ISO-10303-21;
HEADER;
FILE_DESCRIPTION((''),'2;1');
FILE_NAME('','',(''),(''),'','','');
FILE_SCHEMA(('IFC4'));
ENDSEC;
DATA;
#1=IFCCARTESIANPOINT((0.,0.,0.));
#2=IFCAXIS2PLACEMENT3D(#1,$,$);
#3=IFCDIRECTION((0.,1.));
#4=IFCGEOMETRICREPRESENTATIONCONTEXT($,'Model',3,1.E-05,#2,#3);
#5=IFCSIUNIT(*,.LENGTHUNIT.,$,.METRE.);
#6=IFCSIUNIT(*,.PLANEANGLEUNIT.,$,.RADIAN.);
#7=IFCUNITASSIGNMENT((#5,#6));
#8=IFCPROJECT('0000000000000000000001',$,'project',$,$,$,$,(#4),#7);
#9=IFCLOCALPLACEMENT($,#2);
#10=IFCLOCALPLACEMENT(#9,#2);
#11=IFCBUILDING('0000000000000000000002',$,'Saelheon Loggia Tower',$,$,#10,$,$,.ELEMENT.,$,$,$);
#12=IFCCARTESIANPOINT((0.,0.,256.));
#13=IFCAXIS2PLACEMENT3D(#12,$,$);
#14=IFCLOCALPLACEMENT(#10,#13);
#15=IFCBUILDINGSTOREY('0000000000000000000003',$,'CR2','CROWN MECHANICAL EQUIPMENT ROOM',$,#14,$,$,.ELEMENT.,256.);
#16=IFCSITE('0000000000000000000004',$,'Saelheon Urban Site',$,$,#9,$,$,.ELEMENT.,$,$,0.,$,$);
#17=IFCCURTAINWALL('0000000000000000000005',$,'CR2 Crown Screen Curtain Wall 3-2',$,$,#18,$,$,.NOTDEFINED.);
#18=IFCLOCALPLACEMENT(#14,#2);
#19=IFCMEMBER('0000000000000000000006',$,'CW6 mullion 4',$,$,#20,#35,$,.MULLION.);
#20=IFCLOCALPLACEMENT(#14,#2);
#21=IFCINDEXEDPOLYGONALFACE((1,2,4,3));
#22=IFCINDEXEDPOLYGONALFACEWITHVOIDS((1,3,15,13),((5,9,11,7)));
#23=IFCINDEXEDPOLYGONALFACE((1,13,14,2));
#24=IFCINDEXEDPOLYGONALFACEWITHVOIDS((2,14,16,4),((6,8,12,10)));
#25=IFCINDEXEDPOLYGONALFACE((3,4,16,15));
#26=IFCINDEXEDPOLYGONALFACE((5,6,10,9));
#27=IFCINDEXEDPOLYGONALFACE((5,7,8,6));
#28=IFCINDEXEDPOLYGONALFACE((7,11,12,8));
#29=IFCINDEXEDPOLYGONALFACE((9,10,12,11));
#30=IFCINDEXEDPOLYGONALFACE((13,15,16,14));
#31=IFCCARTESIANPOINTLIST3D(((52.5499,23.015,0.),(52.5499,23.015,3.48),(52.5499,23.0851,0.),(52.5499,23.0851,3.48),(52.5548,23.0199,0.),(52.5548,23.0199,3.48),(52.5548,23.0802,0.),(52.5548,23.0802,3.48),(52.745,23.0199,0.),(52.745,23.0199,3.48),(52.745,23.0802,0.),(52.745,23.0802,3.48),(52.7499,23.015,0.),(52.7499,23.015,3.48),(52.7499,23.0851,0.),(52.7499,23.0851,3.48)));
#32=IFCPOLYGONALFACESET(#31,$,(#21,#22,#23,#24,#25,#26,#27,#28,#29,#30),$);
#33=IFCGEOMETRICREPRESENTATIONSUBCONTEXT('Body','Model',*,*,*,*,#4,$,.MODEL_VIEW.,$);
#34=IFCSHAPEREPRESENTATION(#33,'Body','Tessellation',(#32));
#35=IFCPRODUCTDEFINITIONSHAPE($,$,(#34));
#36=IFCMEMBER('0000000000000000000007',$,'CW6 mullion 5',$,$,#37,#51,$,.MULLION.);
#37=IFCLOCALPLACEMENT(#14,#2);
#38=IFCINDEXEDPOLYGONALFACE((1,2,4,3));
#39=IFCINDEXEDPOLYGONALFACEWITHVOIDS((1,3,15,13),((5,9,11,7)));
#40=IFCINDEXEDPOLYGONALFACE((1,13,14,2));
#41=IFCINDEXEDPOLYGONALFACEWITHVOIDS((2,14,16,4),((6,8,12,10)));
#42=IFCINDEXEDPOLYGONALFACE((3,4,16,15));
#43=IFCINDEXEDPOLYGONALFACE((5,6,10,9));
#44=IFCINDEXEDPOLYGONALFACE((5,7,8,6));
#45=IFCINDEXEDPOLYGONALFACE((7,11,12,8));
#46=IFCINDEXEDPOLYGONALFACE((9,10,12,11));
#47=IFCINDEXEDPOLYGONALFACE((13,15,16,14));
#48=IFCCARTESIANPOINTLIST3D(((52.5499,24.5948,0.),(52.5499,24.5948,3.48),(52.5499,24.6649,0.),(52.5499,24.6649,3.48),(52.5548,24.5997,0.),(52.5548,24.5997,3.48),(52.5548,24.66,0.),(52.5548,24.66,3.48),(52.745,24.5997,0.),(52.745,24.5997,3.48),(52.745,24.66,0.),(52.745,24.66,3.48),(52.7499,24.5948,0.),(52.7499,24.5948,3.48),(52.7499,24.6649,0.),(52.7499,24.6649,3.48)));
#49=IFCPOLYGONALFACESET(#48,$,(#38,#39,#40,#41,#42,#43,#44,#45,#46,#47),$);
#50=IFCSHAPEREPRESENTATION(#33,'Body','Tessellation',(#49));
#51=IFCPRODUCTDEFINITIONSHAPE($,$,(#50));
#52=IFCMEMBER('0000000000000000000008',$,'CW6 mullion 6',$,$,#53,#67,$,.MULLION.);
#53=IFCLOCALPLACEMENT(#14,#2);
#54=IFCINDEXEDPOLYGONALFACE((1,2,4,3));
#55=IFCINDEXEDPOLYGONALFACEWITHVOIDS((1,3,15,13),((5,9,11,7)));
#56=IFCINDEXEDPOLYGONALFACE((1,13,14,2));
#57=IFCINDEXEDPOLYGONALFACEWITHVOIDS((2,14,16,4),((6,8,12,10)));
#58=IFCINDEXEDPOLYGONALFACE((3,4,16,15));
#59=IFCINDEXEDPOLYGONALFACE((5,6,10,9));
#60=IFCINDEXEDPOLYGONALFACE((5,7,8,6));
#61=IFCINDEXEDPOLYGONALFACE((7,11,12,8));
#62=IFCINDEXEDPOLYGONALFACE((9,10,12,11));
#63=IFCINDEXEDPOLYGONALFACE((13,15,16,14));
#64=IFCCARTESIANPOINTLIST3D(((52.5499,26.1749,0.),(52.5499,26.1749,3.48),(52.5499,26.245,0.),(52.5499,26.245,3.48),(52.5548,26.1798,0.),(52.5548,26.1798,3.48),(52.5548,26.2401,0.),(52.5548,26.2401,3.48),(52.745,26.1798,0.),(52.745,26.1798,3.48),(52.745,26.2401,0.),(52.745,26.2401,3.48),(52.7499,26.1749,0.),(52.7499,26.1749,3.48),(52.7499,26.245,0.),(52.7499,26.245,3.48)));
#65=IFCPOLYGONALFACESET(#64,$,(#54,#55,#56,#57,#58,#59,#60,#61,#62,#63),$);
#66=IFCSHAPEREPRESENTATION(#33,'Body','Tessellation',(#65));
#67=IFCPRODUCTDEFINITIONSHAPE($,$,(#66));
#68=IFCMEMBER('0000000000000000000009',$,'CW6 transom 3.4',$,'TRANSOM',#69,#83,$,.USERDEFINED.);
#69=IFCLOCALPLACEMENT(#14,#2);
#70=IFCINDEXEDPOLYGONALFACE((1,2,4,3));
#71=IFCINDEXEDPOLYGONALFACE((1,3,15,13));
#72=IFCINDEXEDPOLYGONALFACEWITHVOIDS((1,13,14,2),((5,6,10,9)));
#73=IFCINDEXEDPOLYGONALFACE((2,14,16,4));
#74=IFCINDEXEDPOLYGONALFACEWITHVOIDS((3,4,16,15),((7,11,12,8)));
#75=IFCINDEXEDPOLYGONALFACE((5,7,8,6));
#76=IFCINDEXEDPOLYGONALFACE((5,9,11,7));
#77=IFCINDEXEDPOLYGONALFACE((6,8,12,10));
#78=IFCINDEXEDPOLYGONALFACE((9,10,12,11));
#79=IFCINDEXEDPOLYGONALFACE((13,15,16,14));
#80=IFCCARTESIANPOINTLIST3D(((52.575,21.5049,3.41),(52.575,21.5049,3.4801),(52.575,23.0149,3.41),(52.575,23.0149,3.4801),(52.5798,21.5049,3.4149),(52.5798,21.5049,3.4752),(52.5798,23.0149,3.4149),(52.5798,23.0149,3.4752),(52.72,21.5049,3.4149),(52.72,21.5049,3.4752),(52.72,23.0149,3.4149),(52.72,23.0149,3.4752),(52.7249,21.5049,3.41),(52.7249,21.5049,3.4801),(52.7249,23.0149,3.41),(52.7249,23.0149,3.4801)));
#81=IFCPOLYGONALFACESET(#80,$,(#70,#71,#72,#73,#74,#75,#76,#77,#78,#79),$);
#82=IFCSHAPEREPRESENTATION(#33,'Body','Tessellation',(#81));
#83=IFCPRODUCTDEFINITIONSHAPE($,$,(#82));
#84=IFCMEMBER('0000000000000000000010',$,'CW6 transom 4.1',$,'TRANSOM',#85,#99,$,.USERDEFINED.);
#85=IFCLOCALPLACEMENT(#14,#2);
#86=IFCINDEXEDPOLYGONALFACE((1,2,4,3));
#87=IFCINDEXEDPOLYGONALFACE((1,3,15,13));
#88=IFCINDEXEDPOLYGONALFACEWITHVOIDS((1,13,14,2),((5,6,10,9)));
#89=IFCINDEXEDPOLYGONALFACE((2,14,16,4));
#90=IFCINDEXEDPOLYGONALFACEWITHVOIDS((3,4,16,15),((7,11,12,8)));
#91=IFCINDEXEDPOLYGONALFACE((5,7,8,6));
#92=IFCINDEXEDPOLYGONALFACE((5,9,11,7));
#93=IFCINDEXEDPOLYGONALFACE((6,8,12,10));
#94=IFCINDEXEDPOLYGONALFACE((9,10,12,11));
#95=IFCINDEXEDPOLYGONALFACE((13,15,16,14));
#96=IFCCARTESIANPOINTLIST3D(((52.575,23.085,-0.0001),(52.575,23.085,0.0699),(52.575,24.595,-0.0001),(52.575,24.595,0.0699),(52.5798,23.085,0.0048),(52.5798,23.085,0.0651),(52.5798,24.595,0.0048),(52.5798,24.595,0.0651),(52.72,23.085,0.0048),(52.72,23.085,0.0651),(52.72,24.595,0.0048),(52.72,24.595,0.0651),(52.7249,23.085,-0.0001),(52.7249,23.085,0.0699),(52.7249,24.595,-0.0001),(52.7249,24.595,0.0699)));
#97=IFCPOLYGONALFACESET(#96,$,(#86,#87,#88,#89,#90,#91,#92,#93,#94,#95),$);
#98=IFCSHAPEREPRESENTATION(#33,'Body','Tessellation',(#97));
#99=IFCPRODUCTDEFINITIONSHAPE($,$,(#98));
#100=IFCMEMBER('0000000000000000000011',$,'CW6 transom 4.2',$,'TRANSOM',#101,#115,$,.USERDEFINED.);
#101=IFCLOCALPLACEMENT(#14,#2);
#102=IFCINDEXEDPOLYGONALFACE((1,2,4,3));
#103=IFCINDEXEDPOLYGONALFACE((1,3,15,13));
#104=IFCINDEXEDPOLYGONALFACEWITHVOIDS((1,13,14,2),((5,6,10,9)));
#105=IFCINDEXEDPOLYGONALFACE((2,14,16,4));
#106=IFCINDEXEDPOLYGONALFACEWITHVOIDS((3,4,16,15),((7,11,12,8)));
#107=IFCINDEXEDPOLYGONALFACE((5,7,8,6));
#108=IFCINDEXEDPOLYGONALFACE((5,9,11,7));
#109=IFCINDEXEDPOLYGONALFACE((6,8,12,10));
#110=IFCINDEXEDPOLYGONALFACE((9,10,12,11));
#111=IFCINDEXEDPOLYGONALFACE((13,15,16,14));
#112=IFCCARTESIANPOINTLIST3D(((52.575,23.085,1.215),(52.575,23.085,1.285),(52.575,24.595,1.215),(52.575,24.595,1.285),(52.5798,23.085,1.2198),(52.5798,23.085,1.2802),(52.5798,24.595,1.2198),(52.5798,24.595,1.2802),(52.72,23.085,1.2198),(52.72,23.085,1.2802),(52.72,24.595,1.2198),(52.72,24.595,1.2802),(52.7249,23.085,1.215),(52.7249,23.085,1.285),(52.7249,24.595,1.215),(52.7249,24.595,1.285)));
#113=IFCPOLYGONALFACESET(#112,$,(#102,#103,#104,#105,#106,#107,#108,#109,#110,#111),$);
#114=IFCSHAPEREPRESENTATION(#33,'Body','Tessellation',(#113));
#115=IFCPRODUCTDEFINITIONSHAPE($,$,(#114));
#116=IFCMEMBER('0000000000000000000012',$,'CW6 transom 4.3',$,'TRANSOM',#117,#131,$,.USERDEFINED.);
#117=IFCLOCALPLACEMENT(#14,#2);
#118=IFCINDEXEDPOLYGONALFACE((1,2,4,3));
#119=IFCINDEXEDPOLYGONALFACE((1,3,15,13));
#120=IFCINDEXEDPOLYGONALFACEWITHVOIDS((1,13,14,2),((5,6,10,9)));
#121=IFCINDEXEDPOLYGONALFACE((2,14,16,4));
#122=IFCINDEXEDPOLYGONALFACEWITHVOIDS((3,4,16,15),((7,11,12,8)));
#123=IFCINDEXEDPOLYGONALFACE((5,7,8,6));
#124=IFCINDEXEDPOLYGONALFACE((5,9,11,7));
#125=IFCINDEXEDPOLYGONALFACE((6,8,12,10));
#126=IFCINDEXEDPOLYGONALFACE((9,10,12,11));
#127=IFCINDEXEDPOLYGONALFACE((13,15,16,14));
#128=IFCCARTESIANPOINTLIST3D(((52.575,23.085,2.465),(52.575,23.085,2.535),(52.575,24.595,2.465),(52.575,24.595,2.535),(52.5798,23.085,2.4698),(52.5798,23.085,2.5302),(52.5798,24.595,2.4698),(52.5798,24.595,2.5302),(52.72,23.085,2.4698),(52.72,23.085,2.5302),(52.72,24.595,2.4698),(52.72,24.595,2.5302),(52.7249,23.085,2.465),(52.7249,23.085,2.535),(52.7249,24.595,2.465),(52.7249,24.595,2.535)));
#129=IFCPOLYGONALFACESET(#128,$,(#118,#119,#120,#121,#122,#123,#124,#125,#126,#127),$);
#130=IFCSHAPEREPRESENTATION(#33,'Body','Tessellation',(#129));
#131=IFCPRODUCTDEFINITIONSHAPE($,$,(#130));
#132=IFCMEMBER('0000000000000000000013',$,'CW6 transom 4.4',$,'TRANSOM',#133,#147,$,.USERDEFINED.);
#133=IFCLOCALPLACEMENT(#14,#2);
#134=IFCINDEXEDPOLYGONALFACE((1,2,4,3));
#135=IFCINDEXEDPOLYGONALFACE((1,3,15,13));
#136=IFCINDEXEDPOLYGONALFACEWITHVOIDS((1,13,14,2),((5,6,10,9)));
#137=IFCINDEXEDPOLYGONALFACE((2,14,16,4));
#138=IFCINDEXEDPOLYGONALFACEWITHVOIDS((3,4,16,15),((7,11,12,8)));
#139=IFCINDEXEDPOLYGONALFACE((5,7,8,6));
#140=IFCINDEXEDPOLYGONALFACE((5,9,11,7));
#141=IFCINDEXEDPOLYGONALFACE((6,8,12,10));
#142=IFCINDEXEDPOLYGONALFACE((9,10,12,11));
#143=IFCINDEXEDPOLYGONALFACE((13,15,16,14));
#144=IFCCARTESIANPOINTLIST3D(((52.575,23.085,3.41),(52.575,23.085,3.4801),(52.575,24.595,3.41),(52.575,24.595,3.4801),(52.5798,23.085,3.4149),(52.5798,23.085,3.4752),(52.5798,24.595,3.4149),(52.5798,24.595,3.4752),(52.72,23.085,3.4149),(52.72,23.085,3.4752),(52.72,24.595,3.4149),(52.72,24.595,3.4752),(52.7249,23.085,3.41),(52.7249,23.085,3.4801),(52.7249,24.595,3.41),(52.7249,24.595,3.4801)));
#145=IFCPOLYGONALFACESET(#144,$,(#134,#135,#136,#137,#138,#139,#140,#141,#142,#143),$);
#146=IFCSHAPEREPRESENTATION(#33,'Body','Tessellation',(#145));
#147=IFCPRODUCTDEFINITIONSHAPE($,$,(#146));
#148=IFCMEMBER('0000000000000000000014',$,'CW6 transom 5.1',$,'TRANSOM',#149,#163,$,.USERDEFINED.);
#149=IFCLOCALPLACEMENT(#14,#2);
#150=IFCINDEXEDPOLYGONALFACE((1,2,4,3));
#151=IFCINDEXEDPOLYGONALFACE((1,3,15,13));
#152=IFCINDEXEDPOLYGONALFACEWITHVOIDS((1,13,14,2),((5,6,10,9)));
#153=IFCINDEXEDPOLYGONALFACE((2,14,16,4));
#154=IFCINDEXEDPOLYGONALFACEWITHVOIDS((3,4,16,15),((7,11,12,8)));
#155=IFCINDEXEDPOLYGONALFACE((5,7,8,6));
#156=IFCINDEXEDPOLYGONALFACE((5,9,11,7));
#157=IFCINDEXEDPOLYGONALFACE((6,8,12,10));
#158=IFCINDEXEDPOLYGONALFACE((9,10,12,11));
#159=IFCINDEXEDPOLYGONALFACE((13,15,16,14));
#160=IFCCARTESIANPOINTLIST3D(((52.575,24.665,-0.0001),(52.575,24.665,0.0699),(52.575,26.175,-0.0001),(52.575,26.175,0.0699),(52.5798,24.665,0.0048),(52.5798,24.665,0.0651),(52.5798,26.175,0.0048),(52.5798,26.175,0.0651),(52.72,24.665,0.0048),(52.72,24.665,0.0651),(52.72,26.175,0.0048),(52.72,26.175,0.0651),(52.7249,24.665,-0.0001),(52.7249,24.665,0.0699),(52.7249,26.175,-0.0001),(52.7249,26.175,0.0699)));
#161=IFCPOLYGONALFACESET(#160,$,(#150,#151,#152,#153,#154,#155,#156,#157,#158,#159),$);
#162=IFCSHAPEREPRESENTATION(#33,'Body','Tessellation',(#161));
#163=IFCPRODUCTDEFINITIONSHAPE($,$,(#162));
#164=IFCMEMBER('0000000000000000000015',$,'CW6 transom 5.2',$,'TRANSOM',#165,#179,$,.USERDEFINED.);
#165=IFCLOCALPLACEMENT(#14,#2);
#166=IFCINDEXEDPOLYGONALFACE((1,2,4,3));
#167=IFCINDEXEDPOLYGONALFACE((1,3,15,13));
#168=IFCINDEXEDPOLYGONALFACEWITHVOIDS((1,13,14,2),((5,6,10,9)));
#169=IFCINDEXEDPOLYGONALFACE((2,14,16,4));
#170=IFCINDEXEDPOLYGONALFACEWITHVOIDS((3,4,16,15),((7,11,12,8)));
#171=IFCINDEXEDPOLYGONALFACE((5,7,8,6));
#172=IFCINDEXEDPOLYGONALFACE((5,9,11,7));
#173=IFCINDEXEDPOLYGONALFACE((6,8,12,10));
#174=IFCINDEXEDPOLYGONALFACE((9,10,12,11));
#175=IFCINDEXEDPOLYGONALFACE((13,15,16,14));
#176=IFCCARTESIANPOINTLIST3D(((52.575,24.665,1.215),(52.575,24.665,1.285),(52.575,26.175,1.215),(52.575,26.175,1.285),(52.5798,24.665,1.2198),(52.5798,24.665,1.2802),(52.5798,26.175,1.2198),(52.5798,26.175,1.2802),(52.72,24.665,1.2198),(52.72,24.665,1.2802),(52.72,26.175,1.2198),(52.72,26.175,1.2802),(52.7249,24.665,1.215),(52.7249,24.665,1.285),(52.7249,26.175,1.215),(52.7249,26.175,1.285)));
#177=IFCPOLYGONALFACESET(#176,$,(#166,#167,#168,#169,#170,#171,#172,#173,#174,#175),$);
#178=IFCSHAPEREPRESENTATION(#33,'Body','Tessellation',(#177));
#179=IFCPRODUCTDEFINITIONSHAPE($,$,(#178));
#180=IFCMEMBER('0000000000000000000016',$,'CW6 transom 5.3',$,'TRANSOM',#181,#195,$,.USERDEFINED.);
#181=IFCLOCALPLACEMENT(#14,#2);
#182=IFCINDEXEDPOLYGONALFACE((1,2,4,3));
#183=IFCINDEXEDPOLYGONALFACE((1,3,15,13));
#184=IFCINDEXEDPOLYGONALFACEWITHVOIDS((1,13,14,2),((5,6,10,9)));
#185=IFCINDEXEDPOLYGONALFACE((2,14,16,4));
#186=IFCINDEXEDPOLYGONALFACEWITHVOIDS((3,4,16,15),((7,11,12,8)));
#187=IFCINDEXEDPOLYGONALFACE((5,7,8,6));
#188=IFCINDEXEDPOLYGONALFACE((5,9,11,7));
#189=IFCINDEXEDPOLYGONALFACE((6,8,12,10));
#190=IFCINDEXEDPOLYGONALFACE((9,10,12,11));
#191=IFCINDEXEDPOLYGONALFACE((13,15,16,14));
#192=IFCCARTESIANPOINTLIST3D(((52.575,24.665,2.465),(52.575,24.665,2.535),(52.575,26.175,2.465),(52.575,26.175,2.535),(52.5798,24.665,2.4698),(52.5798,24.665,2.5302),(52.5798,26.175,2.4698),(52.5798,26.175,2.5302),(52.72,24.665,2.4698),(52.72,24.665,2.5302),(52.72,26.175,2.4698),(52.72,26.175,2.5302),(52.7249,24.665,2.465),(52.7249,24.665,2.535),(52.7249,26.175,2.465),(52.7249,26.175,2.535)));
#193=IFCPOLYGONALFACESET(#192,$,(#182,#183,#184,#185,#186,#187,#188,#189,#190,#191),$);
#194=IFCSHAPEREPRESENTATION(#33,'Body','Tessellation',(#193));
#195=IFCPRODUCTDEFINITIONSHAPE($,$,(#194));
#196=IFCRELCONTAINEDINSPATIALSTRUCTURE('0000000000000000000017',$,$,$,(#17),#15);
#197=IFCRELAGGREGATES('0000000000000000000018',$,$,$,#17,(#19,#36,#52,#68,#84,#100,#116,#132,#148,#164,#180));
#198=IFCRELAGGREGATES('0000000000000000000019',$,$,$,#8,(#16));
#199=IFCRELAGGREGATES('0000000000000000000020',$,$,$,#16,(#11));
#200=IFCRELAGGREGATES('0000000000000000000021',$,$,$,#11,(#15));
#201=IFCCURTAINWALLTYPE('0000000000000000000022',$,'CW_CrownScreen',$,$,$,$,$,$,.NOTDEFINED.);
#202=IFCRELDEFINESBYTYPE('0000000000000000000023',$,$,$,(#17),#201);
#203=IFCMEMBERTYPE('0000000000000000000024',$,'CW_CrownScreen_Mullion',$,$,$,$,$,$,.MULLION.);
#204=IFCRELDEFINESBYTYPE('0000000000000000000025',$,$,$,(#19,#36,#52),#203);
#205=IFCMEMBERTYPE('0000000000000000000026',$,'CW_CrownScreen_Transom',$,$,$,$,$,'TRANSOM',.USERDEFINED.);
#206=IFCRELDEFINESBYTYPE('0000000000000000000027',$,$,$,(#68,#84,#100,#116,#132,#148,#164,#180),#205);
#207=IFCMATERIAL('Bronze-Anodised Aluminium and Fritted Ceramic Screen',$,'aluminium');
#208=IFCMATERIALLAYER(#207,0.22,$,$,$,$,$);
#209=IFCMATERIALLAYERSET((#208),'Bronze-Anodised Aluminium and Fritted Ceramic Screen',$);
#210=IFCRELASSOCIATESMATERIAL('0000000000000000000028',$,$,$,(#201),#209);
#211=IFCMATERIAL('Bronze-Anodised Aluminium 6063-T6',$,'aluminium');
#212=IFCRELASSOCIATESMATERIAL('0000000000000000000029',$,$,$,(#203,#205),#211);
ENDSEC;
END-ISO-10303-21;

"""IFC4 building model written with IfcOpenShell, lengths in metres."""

from ifc_helpers import new_model, si_unit, direction, frame, origin, origin_2d, place, context, subcontext, project, spatial, hollow_rectangle, extrude, source, transform, mapped, material, layer, layer_set, material_profile, profile_set, type_object, element, aggregate, save


model = new_model("IFC4")

# Units and contexts
model_context = context("Model", 3, precision=1e-05, world=origin(), true_north=direction((0.0, 1.0)))
body_context = subcontext(model_context, "Body", "Model", "MODEL_VIEW")
ifc_project = project(units=[si_unit("LENGTHUNIT", "METRE"), si_unit("PLANEANGLEUNIT", "RADIAN")], contexts=[model_context])

# Site, building, storey
site_placement = place(None, origin())
site = spatial("IfcSite", under=ifc_project, at=site_placement, Name="Saelheon Urban Site", CompositionType="ELEMENT", RefElevation=0.0)
building_placement = place(site_placement, origin())
building = spatial("IfcBuilding", under=site, at=building_placement, Name="Saelheon Loggia Tower", CompositionType="ELEMENT")
storey_placement = place(building_placement, frame((0.0, 0.0, 256.0)))
storey = spatial("IfcBuildingStorey", under=building, at=storey_placement, Name="CR2", Description="CROWN MECHANICAL EQUIPMENT ROOM", CompositionType="ELEMENT", Elevation=256.0)

# Curtain wall, members
ifc_material_1 = material(Name="Bronze-Anodised Aluminium and Fritted Ceramic Screen", Category="aluminium")
ifc_layer_1 = layer(ifc_material_1, 0.22)
ifc_layer_set_1 = layer_set([ifc_layer_1], Name="Bronze-Anodised Aluminium and Fritted Ceramic Screen")
curtain_wall_type = type_object("IfcCurtainWallType", Name="CW_CrownScreen", PredefinedType="NOTDEFINED", material=ifc_layer_set_1)
curtain_wall_placement = place(storey_placement, origin())
curtain_wall = element("IfcCurtainWall", 1, at=curtain_wall_placement, inside=storey, type_object=curtain_wall_type, Name="CR2 Crown Screen Curtain Wall 3-2", PredefinedType="NOTDEFINED")
ifc_material_2 = material(Name="Bronze-Anodised Aluminium 6063-T6", Category="aluminium")
ifc_material_profile_1 = material_profile(ifc_material_2, hollow_rectangle(XDim=0.0701, YDim=0.2, WallThickness=0.0049, at=origin_2d()), Name="RHS-200x70x5")
ifc_profile_set_1 = profile_set([ifc_material_profile_1], Name="Bronze-Anodised Aluminium 6063-T6")
member_type_1 = type_object("IfcMemberType", Name="CW_CrownScreen_Mullion", PredefinedType="MULLION", material=ifc_profile_set_1)
shared_shape_1 = source(origin(), body_context, "Body", "SweptSolid", [
    extrude(hollow_rectangle(XDim=0.0701, YDim=0.2, WallThickness=0.0049, at=origin_2d()), origin(), (0.0, 0.0, 1.0), 3.48),
])
member_1_placement = place(storey_placement, frame((52.6499, 23.05, 0.0), z_axis=(0.0, 0.0, 1.0), x_axis=(0.0, 1.0, 0.0)))
member_1 = element("IfcMember", 2, at=member_1_placement, type_object=member_type_1, Name="CW6 mullion 4", PredefinedType="MULLION", context=body_context, shape_type="MappedRepresentation", body=[
    mapped(shared_shape_1, transform((0.0, 0.0, 0.0), scale=1.0)),
])
member_2_placement = place(storey_placement, frame((52.6499, 24.6299, 0.0), z_axis=(0.0, 0.0, 1.0), x_axis=(0.0, 1.0, 0.0)))
member_2 = element("IfcMember", 3, at=member_2_placement, type_object=member_type_1, Name="CW6 mullion 5", PredefinedType="MULLION", context=body_context, shape_type="MappedRepresentation", body=[
    mapped(shared_shape_1, transform((0.0, 0.0, 0.0), scale=1.0)),
])
member_3_placement = place(storey_placement, frame((52.6499, 26.21, 0.0), z_axis=(0.0, 0.0, 1.0), x_axis=(0.0, 1.0, 0.0)))
member_3 = element("IfcMember", 4, at=member_3_placement, type_object=member_type_1, Name="CW6 mullion 6", PredefinedType="MULLION", context=body_context, shape_type="MappedRepresentation", body=[
    mapped(shared_shape_1, transform((0.0, 0.0, 0.0), scale=1.0)),
])
ifc_material_profile_2 = material_profile(ifc_material_2, hollow_rectangle(XDim=0.0701, YDim=0.1499, WallThickness=0.0049, at=origin_2d()), Name="RHS-150x70x5")
ifc_profile_set_2 = profile_set([ifc_material_profile_2], Name="Bronze-Anodised Aluminium 6063-T6")
member_type_2 = type_object("IfcMemberType", Name="CW_CrownScreen_Transom", ElementType="TRANSOM", PredefinedType="USERDEFINED", material=ifc_profile_set_2)
shared_shape_2 = source(origin(), body_context, "Body", "SweptSolid", [
    extrude(hollow_rectangle(XDim=0.0701, YDim=0.1499, WallThickness=0.0049, at=origin_2d()), origin(), (0.0, 0.0, 1.0), 1.51),
])
member_4_placement = place(storey_placement, frame((52.6499, 21.5049, 3.4451), z_axis=(0.0, 1.0, 0.0), x_axis=(0.0, 0.0, 1.0)))
member_4 = element("IfcMember", 5, at=member_4_placement, type_object=member_type_2, Name="CW6 transom 3.4", ObjectType="TRANSOM", PredefinedType="USERDEFINED", context=body_context, shape_type="MappedRepresentation", body=[
    mapped(shared_shape_2, transform((0.0, 0.0, 0.0), scale=1.0)),
])
member_5_placement = place(storey_placement, frame((52.6499, 23.085, 0.0349), z_axis=(0.0, 1.0, 0.0), x_axis=(0.0, 0.0, 1.0)))
member_5 = element("IfcMember", 6, at=member_5_placement, type_object=member_type_2, Name="CW6 transom 4.1", ObjectType="TRANSOM", PredefinedType="USERDEFINED", context=body_context, shape_type="MappedRepresentation", body=[
    mapped(shared_shape_2, transform((0.0, 0.0, 0.0), scale=1.0)),
])
member_6_placement = place(storey_placement, frame((52.6499, 23.085, 1.25), z_axis=(0.0, 1.0, 0.0), x_axis=(0.0, 0.0, 1.0)))
member_6 = element("IfcMember", 7, at=member_6_placement, type_object=member_type_2, Name="CW6 transom 4.2", ObjectType="TRANSOM", PredefinedType="USERDEFINED", context=body_context, shape_type="MappedRepresentation", body=[
    mapped(shared_shape_2, transform((0.0, 0.0, 0.0), scale=1.0)),
])
member_7_placement = place(storey_placement, frame((52.6499, 23.085, 2.5), z_axis=(0.0, 1.0, 0.0), x_axis=(0.0, 0.0, 1.0)))
member_7 = element("IfcMember", 8, at=member_7_placement, type_object=member_type_2, Name="CW6 transom 4.3", ObjectType="TRANSOM", PredefinedType="USERDEFINED", context=body_context, shape_type="MappedRepresentation", body=[
    mapped(shared_shape_2, transform((0.0, 0.0, 0.0), scale=1.0)),
])
member_8_placement = place(storey_placement, frame((52.6499, 23.085, 3.4451), z_axis=(0.0, 1.0, 0.0), x_axis=(0.0, 0.0, 1.0)))
member_8 = element("IfcMember", 9, at=member_8_placement, type_object=member_type_2, Name="CW6 transom 4.4", ObjectType="TRANSOM", PredefinedType="USERDEFINED", context=body_context, shape_type="MappedRepresentation", body=[
    mapped(shared_shape_2, transform((0.0, 0.0, 0.0), scale=1.0)),
])
member_9_placement = place(storey_placement, frame((52.6499, 24.665, 0.0349), z_axis=(0.0, 1.0, 0.0), x_axis=(0.0, 0.0, 1.0)))
member_9 = element("IfcMember", 10, at=member_9_placement, type_object=member_type_2, Name="CW6 transom 5.1", ObjectType="TRANSOM", PredefinedType="USERDEFINED", context=body_context, shape_type="MappedRepresentation", body=[
    mapped(shared_shape_2, transform((0.0, 0.0, 0.0), scale=1.0)),
])
member_10_placement = place(storey_placement, frame((52.6499, 24.665, 1.25), z_axis=(0.0, 1.0, 0.0), x_axis=(0.0, 0.0, 1.0)))
member_10 = element("IfcMember", 11, at=member_10_placement, type_object=member_type_2, Name="CW6 transom 5.2", ObjectType="TRANSOM", PredefinedType="USERDEFINED", context=body_context, shape_type="MappedRepresentation", body=[
    mapped(shared_shape_2, transform((0.0, 0.0, 0.0), scale=1.0)),
])
member_11_placement = place(storey_placement, frame((52.6499, 24.665, 2.5), z_axis=(0.0, 1.0, 0.0), x_axis=(0.0, 0.0, 1.0)))
member_11 = element("IfcMember", 12, at=member_11_placement, type_object=member_type_2, Name="CW6 transom 5.3", ObjectType="TRANSOM", PredefinedType="USERDEFINED", context=body_context, shape_type="MappedRepresentation", body=[
    mapped(shared_shape_2, transform((0.0, 0.0, 0.0), scale=1.0)),
])
aggregate(curtain_wall, [member_1, member_2, member_3, member_4, member_5, member_6, member_7, member_8, member_9, member_10, member_11])

save(model, "model.ifc")
